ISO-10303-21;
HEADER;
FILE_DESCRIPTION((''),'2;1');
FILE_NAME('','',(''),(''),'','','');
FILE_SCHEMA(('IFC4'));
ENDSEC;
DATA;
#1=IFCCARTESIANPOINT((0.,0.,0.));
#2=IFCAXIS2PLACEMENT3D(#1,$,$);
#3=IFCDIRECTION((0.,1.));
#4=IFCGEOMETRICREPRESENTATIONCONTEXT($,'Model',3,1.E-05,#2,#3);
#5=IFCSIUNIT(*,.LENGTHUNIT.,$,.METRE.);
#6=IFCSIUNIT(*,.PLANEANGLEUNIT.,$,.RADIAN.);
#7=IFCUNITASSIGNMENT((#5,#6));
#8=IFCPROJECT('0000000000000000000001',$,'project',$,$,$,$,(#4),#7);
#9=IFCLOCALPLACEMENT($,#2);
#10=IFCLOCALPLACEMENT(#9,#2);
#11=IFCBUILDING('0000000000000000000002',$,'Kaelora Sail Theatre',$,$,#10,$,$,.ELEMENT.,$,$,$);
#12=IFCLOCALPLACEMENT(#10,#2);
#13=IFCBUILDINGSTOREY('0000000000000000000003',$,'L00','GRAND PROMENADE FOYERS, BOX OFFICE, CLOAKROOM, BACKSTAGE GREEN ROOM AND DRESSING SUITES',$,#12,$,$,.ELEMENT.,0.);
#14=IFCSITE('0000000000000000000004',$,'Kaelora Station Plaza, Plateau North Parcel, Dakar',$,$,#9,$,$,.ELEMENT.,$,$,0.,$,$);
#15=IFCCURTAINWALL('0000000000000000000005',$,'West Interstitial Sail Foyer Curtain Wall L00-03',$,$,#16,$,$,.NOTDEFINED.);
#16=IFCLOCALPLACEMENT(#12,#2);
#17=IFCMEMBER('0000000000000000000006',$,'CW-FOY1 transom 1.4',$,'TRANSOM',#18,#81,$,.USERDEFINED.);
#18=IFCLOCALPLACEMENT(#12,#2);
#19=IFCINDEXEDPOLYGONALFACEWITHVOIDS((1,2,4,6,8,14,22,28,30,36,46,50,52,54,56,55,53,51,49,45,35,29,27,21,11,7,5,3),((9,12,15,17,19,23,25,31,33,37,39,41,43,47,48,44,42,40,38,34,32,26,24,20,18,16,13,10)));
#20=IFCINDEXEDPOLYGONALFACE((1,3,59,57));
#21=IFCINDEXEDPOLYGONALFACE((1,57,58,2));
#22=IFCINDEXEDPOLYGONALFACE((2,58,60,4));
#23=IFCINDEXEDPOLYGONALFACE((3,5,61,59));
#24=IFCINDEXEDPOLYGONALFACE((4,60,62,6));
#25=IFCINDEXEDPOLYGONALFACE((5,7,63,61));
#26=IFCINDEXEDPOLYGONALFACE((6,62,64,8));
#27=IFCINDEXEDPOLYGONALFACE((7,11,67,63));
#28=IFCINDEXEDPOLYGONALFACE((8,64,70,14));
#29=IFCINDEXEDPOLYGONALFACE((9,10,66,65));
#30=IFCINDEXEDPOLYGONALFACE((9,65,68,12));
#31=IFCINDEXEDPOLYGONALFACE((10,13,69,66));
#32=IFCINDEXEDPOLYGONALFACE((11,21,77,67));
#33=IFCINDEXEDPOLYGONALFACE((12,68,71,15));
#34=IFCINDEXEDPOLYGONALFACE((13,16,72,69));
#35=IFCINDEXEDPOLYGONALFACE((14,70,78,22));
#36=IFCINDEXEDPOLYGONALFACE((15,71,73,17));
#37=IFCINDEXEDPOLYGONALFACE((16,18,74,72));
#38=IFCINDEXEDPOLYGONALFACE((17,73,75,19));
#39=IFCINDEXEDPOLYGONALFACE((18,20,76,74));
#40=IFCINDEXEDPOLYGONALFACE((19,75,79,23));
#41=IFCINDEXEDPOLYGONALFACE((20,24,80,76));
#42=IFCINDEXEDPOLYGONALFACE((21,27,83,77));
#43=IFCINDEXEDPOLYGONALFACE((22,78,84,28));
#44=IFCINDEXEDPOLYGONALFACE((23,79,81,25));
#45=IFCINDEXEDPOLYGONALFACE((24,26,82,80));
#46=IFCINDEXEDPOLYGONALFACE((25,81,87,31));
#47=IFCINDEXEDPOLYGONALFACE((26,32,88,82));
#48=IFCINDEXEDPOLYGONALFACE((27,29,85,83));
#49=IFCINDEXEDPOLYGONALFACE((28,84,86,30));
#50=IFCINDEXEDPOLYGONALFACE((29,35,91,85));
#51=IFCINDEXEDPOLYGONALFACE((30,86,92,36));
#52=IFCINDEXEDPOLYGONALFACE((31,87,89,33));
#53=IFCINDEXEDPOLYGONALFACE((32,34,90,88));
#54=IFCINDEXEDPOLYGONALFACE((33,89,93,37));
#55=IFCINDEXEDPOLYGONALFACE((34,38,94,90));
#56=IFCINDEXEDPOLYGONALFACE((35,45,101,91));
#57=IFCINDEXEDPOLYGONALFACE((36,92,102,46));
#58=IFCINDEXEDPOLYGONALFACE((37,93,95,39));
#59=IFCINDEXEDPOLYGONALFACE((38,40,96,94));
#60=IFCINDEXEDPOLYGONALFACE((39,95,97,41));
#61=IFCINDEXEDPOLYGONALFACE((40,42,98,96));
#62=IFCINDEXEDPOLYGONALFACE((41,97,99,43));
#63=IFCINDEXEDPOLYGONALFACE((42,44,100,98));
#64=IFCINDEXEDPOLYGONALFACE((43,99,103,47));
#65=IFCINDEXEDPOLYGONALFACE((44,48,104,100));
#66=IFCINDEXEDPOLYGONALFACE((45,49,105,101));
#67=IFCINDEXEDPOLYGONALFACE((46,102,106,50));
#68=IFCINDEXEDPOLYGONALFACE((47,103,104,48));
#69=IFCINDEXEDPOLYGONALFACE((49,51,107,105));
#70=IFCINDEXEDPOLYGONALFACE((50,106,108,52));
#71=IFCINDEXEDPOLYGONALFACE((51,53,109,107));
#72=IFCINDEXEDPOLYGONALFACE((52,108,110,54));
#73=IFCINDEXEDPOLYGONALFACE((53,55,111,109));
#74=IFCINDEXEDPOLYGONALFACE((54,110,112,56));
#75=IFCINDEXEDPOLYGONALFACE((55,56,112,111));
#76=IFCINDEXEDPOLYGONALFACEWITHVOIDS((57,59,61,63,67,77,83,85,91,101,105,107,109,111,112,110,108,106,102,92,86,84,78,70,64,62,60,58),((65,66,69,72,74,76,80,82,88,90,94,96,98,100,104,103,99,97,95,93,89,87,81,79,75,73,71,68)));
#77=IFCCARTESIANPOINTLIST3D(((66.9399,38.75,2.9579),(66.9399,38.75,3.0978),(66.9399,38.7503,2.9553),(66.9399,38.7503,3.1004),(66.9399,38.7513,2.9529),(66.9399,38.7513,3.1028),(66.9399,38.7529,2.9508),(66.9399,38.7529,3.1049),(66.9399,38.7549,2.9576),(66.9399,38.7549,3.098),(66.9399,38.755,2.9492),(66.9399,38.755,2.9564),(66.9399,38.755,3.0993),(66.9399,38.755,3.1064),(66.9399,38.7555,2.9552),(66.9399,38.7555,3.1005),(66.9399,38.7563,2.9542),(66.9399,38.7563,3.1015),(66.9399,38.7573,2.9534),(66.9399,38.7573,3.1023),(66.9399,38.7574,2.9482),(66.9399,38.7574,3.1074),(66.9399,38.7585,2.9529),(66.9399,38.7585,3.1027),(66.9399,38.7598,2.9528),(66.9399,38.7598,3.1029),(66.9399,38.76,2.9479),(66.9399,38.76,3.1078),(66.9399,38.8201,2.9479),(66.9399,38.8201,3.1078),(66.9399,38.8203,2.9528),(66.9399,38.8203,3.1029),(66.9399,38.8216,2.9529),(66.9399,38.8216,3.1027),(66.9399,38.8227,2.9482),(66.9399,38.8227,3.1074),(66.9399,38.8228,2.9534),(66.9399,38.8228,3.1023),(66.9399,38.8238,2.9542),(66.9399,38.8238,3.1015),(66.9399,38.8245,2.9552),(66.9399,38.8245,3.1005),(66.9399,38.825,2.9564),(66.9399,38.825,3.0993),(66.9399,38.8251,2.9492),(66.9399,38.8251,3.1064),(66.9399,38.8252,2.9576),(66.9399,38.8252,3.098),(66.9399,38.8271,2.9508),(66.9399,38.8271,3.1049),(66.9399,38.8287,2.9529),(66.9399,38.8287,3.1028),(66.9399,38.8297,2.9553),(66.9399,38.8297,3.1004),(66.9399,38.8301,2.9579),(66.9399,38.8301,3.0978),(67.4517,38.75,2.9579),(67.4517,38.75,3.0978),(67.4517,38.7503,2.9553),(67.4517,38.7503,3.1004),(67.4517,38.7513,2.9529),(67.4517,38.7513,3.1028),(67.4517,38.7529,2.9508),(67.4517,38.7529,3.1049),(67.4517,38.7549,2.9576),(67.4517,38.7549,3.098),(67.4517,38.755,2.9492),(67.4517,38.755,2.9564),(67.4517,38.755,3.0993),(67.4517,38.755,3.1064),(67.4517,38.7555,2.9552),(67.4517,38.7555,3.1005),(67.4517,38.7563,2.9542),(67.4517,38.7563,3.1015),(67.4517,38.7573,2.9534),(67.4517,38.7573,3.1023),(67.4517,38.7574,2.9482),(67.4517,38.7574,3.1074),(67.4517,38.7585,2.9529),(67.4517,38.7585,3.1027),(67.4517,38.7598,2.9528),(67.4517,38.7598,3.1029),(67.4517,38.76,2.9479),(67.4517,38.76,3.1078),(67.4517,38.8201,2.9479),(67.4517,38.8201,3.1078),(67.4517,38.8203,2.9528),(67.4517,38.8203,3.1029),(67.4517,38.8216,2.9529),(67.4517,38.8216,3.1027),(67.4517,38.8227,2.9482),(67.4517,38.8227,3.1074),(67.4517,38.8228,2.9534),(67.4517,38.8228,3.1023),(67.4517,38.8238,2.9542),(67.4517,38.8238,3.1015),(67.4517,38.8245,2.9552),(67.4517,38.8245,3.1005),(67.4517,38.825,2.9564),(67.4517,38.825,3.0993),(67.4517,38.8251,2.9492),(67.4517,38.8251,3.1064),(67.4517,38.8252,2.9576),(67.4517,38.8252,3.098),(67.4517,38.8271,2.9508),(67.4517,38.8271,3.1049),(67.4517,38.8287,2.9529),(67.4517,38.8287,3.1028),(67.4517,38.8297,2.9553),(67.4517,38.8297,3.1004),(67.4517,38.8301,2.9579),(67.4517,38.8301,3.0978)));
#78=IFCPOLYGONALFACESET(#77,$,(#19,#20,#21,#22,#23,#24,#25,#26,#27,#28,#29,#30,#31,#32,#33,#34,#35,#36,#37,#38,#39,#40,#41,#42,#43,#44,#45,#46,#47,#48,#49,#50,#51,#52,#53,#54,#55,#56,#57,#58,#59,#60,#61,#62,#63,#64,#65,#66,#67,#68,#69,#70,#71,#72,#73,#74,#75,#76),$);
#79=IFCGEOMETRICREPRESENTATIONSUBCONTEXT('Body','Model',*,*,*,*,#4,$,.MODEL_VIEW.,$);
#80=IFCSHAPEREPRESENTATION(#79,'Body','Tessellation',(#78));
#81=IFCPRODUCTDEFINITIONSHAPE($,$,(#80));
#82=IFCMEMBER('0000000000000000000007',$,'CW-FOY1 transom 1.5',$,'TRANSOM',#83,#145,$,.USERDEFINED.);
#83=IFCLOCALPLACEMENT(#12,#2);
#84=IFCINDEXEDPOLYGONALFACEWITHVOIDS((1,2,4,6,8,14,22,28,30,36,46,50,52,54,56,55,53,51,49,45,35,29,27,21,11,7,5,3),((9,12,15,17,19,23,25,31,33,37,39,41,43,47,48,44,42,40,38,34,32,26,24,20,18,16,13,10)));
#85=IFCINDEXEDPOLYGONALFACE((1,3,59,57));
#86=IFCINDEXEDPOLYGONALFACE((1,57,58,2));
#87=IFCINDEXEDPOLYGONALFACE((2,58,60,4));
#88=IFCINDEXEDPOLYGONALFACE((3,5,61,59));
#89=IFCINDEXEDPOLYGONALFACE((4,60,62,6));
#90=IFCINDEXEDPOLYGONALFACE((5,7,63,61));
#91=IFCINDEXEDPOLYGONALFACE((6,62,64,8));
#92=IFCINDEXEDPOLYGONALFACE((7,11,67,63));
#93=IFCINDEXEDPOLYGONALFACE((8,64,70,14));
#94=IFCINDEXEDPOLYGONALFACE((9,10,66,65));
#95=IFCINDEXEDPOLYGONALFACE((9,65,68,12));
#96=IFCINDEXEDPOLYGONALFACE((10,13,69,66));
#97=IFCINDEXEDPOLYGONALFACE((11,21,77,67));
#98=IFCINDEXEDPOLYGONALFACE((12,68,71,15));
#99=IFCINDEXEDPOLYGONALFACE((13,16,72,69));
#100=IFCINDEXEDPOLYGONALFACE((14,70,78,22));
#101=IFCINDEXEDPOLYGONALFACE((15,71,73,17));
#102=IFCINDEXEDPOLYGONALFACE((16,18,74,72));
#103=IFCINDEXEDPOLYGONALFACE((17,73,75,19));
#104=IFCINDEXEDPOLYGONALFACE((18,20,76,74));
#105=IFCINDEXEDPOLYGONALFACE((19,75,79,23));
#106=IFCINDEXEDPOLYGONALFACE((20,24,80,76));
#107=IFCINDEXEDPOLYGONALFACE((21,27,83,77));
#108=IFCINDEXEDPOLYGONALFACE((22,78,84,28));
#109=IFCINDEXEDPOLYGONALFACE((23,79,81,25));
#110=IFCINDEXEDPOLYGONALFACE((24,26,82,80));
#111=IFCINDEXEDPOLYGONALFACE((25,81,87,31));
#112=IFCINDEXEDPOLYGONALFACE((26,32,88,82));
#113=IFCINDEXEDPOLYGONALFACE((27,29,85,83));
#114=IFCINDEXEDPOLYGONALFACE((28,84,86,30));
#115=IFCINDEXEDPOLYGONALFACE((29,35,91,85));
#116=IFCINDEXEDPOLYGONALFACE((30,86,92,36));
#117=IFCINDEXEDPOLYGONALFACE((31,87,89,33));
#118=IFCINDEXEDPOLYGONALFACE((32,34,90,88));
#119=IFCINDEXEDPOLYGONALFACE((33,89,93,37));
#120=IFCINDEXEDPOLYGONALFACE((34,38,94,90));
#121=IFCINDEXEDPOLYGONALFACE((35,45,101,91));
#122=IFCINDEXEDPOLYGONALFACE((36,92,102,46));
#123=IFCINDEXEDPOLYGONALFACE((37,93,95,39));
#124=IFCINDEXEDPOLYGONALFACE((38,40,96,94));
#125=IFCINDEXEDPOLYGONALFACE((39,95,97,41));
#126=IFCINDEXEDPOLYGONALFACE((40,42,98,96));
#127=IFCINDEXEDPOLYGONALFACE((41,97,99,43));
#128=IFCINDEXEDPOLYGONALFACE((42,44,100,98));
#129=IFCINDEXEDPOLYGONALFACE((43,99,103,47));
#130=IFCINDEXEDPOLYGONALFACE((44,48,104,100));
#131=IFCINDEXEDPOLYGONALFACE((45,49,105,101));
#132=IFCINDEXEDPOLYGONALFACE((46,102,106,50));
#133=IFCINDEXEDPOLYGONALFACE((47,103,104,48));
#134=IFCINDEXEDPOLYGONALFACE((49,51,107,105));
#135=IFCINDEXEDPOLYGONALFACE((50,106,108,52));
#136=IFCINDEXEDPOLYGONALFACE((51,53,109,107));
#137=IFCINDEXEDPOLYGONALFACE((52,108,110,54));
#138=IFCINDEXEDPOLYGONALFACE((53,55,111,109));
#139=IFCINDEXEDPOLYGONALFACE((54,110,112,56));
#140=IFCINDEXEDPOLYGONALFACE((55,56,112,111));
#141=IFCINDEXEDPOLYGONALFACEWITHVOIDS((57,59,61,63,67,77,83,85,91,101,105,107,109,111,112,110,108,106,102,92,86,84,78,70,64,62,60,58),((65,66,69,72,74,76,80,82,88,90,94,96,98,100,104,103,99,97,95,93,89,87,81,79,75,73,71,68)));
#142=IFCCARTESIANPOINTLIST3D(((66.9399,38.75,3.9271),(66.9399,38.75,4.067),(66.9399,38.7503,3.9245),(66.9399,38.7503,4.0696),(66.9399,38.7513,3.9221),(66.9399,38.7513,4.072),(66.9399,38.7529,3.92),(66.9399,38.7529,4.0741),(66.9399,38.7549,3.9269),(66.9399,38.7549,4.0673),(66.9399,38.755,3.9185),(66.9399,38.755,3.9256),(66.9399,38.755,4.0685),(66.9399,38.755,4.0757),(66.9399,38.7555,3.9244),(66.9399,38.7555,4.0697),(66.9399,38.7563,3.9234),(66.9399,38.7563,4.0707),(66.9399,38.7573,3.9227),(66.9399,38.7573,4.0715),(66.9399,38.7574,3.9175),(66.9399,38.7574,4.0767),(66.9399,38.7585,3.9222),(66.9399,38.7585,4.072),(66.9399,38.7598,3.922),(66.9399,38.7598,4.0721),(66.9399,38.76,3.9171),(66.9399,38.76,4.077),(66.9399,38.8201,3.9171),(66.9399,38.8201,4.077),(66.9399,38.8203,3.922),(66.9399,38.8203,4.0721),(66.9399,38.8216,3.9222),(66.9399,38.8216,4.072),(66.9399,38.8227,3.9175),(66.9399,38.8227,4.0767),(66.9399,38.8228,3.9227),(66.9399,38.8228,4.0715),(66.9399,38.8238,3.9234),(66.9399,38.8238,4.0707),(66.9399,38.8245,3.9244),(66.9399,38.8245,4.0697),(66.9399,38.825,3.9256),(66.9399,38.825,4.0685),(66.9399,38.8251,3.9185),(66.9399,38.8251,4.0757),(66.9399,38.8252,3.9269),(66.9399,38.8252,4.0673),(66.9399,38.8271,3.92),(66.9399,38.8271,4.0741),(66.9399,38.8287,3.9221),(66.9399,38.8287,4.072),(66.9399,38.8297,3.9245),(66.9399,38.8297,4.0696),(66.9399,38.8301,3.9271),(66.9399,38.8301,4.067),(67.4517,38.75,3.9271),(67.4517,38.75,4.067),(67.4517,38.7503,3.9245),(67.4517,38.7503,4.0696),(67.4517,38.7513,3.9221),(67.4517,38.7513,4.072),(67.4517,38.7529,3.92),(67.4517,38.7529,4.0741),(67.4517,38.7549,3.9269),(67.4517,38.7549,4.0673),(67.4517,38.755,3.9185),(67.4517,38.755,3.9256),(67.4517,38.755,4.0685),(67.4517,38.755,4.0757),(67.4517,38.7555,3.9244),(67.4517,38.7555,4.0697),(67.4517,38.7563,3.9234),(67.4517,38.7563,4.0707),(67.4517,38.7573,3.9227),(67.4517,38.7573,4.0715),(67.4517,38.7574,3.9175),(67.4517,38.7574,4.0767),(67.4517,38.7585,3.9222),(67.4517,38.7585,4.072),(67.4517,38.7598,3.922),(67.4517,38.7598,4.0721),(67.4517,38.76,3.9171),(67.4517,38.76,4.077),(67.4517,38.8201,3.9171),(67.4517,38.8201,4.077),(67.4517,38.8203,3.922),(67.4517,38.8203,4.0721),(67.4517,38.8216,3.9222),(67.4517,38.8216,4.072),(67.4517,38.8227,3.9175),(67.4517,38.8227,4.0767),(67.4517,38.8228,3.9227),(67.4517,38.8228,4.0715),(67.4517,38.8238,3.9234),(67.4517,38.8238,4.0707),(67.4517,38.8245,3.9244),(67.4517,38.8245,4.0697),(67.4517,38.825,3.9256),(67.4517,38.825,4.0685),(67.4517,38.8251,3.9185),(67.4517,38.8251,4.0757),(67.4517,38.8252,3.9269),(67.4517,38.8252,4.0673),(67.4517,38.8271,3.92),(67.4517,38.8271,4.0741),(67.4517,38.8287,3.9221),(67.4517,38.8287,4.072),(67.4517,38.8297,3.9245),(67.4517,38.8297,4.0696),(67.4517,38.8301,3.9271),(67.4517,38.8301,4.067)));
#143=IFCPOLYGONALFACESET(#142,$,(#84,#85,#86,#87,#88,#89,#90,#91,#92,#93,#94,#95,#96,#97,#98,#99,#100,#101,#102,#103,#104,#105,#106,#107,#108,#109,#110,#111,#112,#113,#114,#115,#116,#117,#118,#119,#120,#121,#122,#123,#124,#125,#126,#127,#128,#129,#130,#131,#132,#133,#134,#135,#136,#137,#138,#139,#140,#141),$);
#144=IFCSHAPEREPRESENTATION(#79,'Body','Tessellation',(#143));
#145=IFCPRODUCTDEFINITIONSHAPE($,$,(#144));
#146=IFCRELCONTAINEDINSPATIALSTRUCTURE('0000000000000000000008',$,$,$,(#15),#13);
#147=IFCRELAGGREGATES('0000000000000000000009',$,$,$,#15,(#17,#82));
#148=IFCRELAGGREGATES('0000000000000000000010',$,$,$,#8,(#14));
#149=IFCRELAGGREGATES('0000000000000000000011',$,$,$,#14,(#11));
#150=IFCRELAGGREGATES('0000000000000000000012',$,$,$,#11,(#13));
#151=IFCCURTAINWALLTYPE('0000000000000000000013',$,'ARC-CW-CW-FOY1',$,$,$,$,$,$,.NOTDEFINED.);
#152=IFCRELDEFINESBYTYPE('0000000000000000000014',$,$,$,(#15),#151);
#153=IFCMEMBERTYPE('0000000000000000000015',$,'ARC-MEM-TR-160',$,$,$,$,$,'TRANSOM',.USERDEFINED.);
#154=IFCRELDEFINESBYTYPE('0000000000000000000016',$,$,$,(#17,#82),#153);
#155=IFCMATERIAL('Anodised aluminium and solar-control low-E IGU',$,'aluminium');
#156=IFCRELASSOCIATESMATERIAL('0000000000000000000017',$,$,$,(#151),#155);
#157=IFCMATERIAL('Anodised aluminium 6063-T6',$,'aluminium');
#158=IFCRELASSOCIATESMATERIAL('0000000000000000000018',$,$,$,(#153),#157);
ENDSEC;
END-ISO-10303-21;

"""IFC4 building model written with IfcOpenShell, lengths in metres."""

from ifc_helpers import new_model, si_unit, direction, frame, origin, origin_2d, place, context, subcontext, project, spatial, hollow_rectangle, extrude, material, material_profile, profile_set, type_object, element, aggregate, save


model = new_model("IFC4")

# Units and contexts
model_context = context("Model", 3, precision=1e-05, world=origin(), true_north=direction((0.0, 1.0)))
body_context = subcontext(model_context, "Body", "Model", "MODEL_VIEW")
ifc_project = project(units=[si_unit("LENGTHUNIT", "METRE"), si_unit("PLANEANGLEUNIT", "RADIAN")], contexts=[model_context])

# Site, building, storey
site_placement = place(None, origin())
site = spatial("IfcSite", under=ifc_project, at=site_placement, Name="Kaelora Station Plaza, Plateau North Parcel, Dakar", CompositionType="ELEMENT", RefElevation=0.0)
building_placement = place(site_placement, origin())
building = spatial("IfcBuilding", under=site, at=building_placement, Name="Kaelora Sail Theatre", CompositionType="ELEMENT")
storey_placement = place(building_placement, origin())
storey = spatial("IfcBuildingStorey", under=building, at=storey_placement, Name="L00", Description="GRAND PROMENADE FOYERS, BOX OFFICE, CLOAKROOM, BACKSTAGE GREEN ROOM AND DRESSING SUITES", CompositionType="ELEMENT", Elevation=0.0)

# Curtain wall, members
ifc_material_1 = material(Name="Anodised aluminium and solar-control low-E IGU", Category="aluminium")
curtain_wall_type = type_object("IfcCurtainWallType", Name="ARC-CW-CW-FOY1", PredefinedType="NOTDEFINED", material=ifc_material_1)
ifc_material_2 = material(Name="Anodised aluminium 6063-T6", Category="aluminium")
ifc_material_profile = material_profile(ifc_material_2, hollow_rectangle(XDim=0.0801, YDim=0.1599, WallThickness=0.0049, InnerFilletRadius=0.0049, OuterFilletRadius=0.01, at=origin_2d()), Name="ALU-TRAN 80x160x5")
ifc_profile_set = profile_set([ifc_material_profile], Name="Anodised aluminium 6063-T6")
member_type = type_object("IfcMemberType", Name="ARC-MEM-TR-160", ElementType="TRANSOM", PredefinedType="USERDEFINED", material=ifc_profile_set)
curtain_wall_1_placement = place(storey_placement, origin())
curtain_wall_1 = element("IfcCurtainWall", 1, at=curtain_wall_1_placement, inside=storey, type_object=curtain_wall_type, Name="West Interstitial Sail Foyer Curtain Wall L00-03", PredefinedType="NOTDEFINED")
member_1_placement = place(storey_placement, frame((66.9399, 38.79, 3.0278), z_axis=(1.0, 0.0, 0.0), x_axis=(0.0, 1.0, 0.0)))
member_1 = element("IfcMember", 2, at=member_1_placement, type_object=member_type, Name="CW-FOY1 transom 1.4", ObjectType="TRANSOM", PredefinedType="USERDEFINED", context=body_context, shape_type="SweptSolid", body=[
    extrude(hollow_rectangle(XDim=0.0801, YDim=0.1599, WallThickness=0.0049, InnerFilletRadius=0.0049, OuterFilletRadius=0.01, at=origin_2d()), origin(), (0.0, 0.0, 1.0), 0.5117),
])
member_2_placement = place(storey_placement, frame((66.9399, 38.79, 3.9971), z_axis=(1.0, 0.0, 0.0), x_axis=(0.0, 1.0, 0.0)))
member_2 = element("IfcMember", 3, at=member_2_placement, type_object=member_type, Name="CW-FOY1 transom 1.5", ObjectType="TRANSOM", PredefinedType="USERDEFINED", context=body_context, shape_type="SweptSolid", body=[
    extrude(hollow_rectangle(XDim=0.0801, YDim=0.1599, WallThickness=0.0049, InnerFilletRadius=0.0049, OuterFilletRadius=0.01, at=origin_2d()), origin(), (0.0, 0.0, 1.0), 0.5117),
])

aggregate(curtain_wall_1, [member_1, member_2])

save(model, "model.ifc")
